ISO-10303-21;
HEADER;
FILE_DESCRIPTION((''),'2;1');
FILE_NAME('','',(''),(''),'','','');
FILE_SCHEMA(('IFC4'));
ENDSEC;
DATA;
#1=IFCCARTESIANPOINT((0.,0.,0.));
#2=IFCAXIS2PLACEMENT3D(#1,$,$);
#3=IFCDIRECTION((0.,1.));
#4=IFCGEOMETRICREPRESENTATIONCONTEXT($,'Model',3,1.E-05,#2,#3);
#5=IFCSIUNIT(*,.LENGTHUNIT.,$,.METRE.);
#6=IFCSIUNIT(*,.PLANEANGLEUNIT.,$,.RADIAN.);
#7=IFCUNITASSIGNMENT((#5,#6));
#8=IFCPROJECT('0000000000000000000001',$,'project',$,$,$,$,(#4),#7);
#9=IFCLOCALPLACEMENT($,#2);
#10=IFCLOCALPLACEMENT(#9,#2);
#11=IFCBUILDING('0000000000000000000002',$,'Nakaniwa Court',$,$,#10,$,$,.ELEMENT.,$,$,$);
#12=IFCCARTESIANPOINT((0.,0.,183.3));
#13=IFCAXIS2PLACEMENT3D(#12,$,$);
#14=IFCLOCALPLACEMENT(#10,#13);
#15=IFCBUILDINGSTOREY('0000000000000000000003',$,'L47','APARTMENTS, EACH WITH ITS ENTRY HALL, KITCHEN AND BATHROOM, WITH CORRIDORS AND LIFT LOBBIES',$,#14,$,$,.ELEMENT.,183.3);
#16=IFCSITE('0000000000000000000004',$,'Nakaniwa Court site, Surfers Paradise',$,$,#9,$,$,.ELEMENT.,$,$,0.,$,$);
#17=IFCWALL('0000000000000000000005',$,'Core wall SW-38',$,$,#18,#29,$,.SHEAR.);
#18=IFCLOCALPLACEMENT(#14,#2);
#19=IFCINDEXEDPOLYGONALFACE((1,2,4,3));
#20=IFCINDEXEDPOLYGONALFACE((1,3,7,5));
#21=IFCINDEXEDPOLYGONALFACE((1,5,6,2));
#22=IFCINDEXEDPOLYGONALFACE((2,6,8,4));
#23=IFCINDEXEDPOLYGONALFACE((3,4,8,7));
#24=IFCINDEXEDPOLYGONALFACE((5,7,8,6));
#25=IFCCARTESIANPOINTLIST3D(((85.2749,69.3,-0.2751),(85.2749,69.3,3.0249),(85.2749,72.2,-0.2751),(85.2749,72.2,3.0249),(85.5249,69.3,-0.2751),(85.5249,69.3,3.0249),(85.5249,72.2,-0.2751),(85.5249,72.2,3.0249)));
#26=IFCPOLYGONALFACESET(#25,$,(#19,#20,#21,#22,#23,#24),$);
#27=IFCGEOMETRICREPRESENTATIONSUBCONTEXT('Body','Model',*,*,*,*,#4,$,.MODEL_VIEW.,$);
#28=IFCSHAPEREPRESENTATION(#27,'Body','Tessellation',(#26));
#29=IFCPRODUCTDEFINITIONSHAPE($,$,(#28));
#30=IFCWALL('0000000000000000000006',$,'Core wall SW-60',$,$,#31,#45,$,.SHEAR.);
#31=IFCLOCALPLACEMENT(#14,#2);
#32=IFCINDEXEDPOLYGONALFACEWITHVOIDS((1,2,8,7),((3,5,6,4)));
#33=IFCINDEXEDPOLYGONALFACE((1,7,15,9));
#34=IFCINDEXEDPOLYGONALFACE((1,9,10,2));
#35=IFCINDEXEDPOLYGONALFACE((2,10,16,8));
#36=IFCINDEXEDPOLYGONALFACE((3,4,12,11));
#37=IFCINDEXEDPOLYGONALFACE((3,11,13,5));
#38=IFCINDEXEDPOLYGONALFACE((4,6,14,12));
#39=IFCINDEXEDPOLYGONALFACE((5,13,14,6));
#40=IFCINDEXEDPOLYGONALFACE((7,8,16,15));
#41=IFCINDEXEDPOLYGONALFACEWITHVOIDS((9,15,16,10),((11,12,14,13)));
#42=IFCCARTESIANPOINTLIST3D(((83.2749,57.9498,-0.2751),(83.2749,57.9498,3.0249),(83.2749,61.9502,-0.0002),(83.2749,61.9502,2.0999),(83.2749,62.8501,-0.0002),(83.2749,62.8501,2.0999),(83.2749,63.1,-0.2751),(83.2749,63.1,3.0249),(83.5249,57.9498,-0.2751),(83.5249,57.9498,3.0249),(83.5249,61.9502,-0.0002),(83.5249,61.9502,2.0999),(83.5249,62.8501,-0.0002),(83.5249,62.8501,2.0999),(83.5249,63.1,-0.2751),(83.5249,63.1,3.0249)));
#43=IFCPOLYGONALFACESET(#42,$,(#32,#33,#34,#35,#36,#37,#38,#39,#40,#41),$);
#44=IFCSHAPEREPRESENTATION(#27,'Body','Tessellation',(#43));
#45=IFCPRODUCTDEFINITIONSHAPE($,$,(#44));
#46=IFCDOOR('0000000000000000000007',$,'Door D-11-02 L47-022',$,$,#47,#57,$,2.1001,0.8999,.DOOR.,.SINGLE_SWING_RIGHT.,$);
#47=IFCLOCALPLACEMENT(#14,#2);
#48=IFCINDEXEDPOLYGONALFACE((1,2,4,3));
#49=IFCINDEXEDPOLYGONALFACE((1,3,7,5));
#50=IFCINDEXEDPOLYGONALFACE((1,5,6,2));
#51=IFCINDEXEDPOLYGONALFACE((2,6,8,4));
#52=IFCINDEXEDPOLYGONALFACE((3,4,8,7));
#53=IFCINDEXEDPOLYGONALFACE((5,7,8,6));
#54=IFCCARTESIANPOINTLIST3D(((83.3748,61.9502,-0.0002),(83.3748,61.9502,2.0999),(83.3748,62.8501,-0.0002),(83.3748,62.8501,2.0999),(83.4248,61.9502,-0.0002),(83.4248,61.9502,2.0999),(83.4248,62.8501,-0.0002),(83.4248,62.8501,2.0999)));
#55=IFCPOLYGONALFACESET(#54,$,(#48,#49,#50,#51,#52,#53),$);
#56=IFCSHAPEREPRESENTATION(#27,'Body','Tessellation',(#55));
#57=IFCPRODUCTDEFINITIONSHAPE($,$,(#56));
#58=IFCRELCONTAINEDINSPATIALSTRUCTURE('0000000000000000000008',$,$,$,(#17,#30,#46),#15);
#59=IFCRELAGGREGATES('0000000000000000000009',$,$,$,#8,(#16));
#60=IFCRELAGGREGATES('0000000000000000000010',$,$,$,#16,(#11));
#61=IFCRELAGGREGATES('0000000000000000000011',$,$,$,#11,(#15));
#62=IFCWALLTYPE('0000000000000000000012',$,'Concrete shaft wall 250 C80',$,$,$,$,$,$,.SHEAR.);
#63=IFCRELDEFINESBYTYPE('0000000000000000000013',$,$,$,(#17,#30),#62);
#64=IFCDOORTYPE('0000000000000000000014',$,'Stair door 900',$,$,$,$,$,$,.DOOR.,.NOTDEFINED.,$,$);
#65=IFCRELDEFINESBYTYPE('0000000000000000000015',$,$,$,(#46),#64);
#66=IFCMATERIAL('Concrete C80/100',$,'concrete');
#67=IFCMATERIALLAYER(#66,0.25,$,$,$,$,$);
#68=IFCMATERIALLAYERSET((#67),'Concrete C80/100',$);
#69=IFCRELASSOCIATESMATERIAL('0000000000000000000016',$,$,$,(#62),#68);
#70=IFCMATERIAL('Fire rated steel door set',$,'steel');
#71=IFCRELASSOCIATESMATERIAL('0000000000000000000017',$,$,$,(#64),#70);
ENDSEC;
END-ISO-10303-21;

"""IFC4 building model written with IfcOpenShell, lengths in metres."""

from ifc_helpers import new_model, si_unit, direction, frame, frame_2d, origin, place, context, subcontext, project, spatial, rectangle, extrude, material, layer, layer_set, type_object, element, fill, save


model = new_model("IFC4")

# Units and contexts
model_context = context("Model", 3, precision=1e-05, world=origin(), true_north=direction((0.0, 1.0)))
body_context = subcontext(model_context, "Body", "Model", "MODEL_VIEW")
ifc_project = project(units=[si_unit("LENGTHUNIT", "METRE"), si_unit("PLANEANGLEUNIT", "RADIAN")], contexts=[model_context])

# Site, building, storey
site_placement = place(None, origin())
site = spatial("IfcSite", under=ifc_project, at=site_placement, Name="Nakaniwa Court site, Surfers Paradise", CompositionType="ELEMENT", RefElevation=0.0)
building_placement = place(site_placement, origin())
building = spatial("IfcBuilding", under=site, at=building_placement, Name="Nakaniwa Court", CompositionType="ELEMENT")
storey_placement = place(building_placement, frame((0.0, 0.0, 183.3)))
storey = spatial("IfcBuildingStorey", under=building, at=storey_placement, Name="L47", Description="APARTMENTS, EACH WITH ITS ENTRY HALL, KITCHEN AND BATHROOM, WITH CORRIDORS AND LIFT LOBBIES", CompositionType="ELEMENT", Elevation=183.3)

# Shared definitions
ifc_material_1 = material(Name="Fire rated steel door set", Category="steel")
ifc_material_2 = material(Name="Concrete C80/100", Category="concrete")

# Wall
ifc_layer_1 = layer(ifc_material_2, 0.25)
ifc_layer_set_1 = layer_set([ifc_layer_1], Name="Concrete C80/100")
wall_type_1 = type_object("IfcWallType", Name="Concrete shaft wall 250 C80", PredefinedType="SHEAR", material=ifc_layer_set_1)
wall_1_placement = place(storey_placement, frame((85.3999, 69.3, -0.2751), z_axis=(0.0, 0.0, 1.0), x_axis=(0.0, 1.0, 0.0)))
element("IfcWall", 1, at=wall_1_placement, inside=storey, type_object=wall_type_1, Name="Core wall SW-38", PredefinedType="SHEAR", context=body_context, shape_type="SweptSolid", body=[
    extrude(rectangle(XDim=2.8999, YDim=0.25, at=frame_2d((1.45, 0.0))), origin(), (0.0, 0.0, 1.0), 3.3),
])

# Wall, opening, door
wall_2_placement = place(storey_placement, frame((83.3999, 63.1001, -0.2751), z_axis=(0.0, 0.0, 1.0), x_axis=(0.0, -1.0, 0.0)))
wall_2 = element("IfcWall", 2, at=wall_2_placement, inside=storey, type_object=wall_type_1, Name="Core wall SW-60", PredefinedType="SHEAR", context=body_context, shape_type="SweptSolid", body=[
    extrude(rectangle(XDim=5.1501, YDim=0.25, at=frame_2d((2.5752, 0.0))), origin(), (0.0, 0.0, 1.0), 3.3),
])
opening_1_placement = place(wall_2_placement, frame((0.25, 0.0, 0.2749)))
opening_1 = element("IfcOpeningElement", 3, at=opening_1_placement, cuts=wall_2, PredefinedType="OPENING", context=body_context, shape_type="SweptSolid", body=[
    extrude(rectangle(XDim=0.8999, YDim=2.1001, at=frame_2d((0.45, 1.05))), frame((0.0, 0.135, 0.0), z_axis=(0.0, -1.0, 0.0), x_axis=(1.0, 0.0, 0.0)), (0.0, 0.0, 1.0), 0.27),
])
door_type_1 = type_object("IfcDoorType", Name="Stair door 900", OperationType="NOTDEFINED", PredefinedType="DOOR", material=ifc_material_1)
door_1_placement = place(opening_1_placement, origin())
door_1 = element("IfcDoor", 4, at=door_1_placement, inside=storey, type_object=door_type_1, Name="Door D-11-02 L47-022", OperationType="SINGLE_SWING_RIGHT", OverallHeight=2.1001, OverallWidth=0.8999, PredefinedType="DOOR", context=body_context, shape_type="SweptSolid", body=[
    extrude(rectangle(XDim=0.8999, YDim=2.1001, at=frame_2d((0.45, 1.05))), frame((0.0, 0.0249, 0.0), z_axis=(0.0, -1.0, 0.0), x_axis=(1.0, 0.0, 0.0)), (0.0, 0.0, 1.0), 0.05),
])
fill(opening_1, door_1)

save(model, "model.ifc")
